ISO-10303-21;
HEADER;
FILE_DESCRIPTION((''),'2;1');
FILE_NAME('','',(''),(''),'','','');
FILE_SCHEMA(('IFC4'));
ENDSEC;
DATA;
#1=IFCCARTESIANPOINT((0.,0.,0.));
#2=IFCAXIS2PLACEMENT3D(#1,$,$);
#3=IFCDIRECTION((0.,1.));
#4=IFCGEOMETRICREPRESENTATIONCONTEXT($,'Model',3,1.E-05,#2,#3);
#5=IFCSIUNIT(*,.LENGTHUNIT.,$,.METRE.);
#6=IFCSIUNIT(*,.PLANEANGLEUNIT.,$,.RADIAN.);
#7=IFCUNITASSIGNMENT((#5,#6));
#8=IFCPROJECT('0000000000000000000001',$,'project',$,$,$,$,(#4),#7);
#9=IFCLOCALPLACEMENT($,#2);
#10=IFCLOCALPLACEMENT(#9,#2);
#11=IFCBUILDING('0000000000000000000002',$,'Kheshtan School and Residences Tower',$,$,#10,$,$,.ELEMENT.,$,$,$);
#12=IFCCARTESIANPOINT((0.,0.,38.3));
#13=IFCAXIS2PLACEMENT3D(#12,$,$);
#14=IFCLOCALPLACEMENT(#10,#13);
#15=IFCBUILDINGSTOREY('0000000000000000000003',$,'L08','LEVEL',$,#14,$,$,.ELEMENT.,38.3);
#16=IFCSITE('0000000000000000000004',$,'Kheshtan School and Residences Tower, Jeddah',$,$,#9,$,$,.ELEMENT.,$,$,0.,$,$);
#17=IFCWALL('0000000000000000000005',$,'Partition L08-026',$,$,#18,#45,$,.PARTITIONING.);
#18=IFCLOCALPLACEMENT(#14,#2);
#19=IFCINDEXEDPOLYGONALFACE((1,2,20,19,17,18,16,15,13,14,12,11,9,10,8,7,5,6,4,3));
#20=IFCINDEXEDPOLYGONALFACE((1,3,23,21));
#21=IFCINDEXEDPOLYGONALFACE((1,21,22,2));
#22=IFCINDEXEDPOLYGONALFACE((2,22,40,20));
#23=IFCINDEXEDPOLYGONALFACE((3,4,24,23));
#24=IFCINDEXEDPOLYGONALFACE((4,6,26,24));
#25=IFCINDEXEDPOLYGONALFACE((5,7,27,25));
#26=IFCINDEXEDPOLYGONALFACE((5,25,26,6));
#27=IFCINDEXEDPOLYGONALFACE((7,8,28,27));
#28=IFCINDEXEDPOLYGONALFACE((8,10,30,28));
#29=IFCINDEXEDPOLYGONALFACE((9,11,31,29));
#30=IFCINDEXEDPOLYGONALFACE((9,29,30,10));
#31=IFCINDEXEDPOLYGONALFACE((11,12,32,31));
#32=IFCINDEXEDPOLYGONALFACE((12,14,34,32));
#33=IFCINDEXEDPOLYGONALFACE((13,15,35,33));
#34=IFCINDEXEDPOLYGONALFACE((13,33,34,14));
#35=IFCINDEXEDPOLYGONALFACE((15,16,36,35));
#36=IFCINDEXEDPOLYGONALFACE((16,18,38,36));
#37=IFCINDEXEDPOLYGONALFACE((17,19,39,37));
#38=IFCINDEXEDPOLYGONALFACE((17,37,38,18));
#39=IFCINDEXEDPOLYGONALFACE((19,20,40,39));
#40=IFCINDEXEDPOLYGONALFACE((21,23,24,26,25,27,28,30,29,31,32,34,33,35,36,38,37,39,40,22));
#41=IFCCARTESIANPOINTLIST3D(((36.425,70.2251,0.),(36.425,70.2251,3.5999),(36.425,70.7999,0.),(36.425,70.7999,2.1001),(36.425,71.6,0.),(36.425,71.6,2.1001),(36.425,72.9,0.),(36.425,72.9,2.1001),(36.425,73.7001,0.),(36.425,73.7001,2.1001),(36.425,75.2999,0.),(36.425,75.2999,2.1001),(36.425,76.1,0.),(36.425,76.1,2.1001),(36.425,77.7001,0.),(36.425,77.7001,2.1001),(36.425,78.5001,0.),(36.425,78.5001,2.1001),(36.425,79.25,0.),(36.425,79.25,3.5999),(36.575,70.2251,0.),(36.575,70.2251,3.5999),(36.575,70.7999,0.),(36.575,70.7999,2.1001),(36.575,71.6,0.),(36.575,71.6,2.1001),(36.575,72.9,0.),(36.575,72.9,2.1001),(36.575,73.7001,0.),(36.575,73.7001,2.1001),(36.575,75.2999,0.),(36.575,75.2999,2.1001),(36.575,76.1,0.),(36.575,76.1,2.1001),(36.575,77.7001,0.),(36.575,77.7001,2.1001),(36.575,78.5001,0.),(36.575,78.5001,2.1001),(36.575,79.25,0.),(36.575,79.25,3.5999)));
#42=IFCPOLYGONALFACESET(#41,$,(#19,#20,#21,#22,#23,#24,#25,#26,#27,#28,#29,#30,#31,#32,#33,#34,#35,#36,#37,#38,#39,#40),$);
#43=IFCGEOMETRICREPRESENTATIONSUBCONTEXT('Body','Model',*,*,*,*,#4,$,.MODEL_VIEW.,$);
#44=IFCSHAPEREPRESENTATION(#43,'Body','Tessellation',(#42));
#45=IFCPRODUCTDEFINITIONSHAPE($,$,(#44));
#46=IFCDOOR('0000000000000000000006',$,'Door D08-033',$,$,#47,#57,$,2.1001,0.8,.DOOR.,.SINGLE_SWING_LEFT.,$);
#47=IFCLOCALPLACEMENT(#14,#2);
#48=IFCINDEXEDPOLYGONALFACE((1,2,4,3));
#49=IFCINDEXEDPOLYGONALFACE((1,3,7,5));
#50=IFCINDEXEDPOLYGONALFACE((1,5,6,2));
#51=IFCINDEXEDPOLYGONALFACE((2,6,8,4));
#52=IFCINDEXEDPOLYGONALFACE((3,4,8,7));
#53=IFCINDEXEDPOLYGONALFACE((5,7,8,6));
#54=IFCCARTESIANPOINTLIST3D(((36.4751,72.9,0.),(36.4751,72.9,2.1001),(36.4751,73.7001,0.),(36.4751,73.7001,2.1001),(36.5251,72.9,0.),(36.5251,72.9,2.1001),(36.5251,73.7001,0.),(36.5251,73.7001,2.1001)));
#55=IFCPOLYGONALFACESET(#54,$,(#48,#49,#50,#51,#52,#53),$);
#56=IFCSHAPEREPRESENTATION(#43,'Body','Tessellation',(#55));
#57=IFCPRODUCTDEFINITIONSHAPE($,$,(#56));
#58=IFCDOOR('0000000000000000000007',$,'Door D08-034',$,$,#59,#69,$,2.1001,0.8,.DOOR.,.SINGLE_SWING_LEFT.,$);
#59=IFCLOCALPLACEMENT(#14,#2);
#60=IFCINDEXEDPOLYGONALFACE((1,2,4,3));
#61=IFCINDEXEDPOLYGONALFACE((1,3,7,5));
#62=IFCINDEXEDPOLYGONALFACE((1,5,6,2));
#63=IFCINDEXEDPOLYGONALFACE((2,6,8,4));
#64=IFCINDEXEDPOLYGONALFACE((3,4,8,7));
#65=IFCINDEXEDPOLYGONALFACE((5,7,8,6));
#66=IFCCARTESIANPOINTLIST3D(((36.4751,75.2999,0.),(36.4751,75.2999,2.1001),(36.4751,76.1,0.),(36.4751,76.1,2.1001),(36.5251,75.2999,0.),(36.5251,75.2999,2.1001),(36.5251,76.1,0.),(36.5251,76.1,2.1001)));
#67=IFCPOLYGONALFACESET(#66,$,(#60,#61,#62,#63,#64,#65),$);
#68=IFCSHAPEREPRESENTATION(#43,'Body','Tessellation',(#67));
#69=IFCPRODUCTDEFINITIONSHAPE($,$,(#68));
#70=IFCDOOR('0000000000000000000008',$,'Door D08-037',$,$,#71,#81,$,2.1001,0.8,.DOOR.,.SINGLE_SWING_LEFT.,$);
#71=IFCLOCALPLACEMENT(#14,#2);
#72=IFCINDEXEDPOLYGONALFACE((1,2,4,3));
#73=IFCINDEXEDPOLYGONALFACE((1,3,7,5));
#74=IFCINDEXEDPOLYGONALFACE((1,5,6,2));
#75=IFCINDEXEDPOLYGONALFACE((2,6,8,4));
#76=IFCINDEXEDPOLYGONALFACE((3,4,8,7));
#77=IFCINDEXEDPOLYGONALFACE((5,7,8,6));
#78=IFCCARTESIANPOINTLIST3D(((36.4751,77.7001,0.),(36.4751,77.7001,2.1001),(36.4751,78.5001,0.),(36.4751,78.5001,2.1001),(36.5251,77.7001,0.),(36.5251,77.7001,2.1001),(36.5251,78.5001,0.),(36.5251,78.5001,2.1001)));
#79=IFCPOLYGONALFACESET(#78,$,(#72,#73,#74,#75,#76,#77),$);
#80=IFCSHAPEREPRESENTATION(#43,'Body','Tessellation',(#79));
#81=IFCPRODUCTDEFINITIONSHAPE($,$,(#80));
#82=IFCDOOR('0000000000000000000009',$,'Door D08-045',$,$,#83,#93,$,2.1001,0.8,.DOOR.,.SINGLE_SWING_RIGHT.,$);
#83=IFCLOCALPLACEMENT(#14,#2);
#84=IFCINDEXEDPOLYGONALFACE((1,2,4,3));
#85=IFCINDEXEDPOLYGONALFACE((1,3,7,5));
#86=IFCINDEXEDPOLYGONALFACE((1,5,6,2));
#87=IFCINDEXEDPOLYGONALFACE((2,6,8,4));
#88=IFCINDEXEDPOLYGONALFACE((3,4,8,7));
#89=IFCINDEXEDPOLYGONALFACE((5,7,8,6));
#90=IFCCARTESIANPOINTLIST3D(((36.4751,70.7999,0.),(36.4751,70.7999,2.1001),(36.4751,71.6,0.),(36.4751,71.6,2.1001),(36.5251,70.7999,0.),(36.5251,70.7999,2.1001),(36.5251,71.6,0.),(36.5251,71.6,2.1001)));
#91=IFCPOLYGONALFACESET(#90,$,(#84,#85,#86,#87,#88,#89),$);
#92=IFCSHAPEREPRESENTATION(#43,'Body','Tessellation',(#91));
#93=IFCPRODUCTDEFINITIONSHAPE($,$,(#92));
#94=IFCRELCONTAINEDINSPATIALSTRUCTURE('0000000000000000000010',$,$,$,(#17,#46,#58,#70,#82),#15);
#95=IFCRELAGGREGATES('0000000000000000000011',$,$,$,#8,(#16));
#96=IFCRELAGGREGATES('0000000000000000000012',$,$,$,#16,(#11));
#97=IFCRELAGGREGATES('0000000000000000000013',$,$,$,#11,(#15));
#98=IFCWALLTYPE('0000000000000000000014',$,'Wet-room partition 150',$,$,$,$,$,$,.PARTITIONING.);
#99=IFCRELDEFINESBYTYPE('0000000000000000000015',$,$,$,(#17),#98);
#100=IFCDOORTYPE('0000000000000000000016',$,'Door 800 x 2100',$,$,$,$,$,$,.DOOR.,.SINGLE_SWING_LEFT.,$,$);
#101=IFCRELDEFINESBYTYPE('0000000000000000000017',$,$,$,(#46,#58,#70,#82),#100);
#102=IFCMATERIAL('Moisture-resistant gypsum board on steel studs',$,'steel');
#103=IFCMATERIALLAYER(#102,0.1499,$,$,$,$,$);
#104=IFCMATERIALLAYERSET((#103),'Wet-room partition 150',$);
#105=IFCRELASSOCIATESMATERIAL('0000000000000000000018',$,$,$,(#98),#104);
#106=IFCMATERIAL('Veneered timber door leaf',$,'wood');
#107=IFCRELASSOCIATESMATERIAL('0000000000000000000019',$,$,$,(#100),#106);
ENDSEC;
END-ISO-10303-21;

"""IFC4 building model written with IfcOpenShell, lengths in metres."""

from ifc_helpers import new_model, si_unit, direction, frame, frame_2d, origin, place, context, subcontext, project, spatial, rectangle, extrude, source, transform, mapped, material, layer, layer_set, type_object, element, fill, save


model = new_model("IFC4")

# Units and contexts
model_context = context("Model", 3, precision=1e-05, world=origin(), true_north=direction((0.0, 1.0)))
body_context = subcontext(model_context, "Body", "Model", "MODEL_VIEW")
ifc_project = project(units=[si_unit("LENGTHUNIT", "METRE"), si_unit("PLANEANGLEUNIT", "RADIAN")], contexts=[model_context])

# Site, building, storey
site_placement = place(None, origin())
site = spatial("IfcSite", under=ifc_project, at=site_placement, Name="Kheshtan School and Residences Tower, Jeddah", CompositionType="ELEMENT", RefElevation=0.0)
building_placement = place(site_placement, origin())
building = spatial("IfcBuilding", under=site, at=building_placement, Name="Kheshtan School and Residences Tower", CompositionType="ELEMENT")
storey_placement = place(building_placement, frame((0.0, 0.0, 38.3)))
storey = spatial("IfcBuildingStorey", under=building, at=storey_placement, Name="L08", Description="LEVEL", CompositionType="ELEMENT", Elevation=38.3)

# Shared definitions
ifc_material_1 = material(Name="Moisture-resistant gypsum board on steel studs", Category="steel")
ifc_layer_1 = layer(ifc_material_1, 0.1499)
ifc_layer_set_1 = layer_set([ifc_layer_1], Name="Wet-room partition 150")
wall_type_1 = type_object("IfcWallType", Name="Wet-room partition 150", PredefinedType="PARTITIONING", material=ifc_layer_set_1)

# Wall, openings, doors
ifc_material_2 = material(Name="Veneered timber door leaf", Category="wood")
door_type_1 = type_object("IfcDoorType", Name="Door 800 x 2100", OperationType="SINGLE_SWING_LEFT", PredefinedType="DOOR", material=ifc_material_2)
shared_shape_1 = source(origin(), body_context, "Body", "SweptSolid", [
    extrude(rectangle(XDim=0.8, YDim=2.1001, at=frame_2d((0.3999, 1.05))), frame((0.0, 0.0249, 0.0), z_axis=(0.0, -1.0, 0.0), x_axis=(1.0, 0.0, 0.0)), (0.0, 0.0, 1.0), 0.05),
])
wall_1_placement = place(storey_placement, frame((36.5, 70.2251, 0.0), z_axis=(0.0, 0.0, 1.0), x_axis=(0.0, 1.0, 0.0)))
wall_1 = element("IfcWall", 1, at=wall_1_placement, inside=storey, type_object=wall_type_1, Name="Partition L08-026", PredefinedType="PARTITIONING", context=body_context, shape_type="SweptSolid", body=[
    extrude(rectangle(XDim=9.0249, YDim=0.1499, at=frame_2d((4.5125, 0.0))), origin(), (0.0, 0.0, 1.0), 3.5999),
])
opening_1_placement = place(wall_1_placement, frame((2.675, 0.0, 0.0)))
opening_1 = element("IfcOpeningElement", 2, at=opening_1_placement, cuts=wall_1, PredefinedType="OPENING", context=body_context, shape_type="SweptSolid", body=[
    extrude(rectangle(XDim=0.8, YDim=2.1001, at=frame_2d((0.3999, 1.05))), frame((0.0, 0.085, 0.0), z_axis=(0.0, -1.0, 0.0), x_axis=(1.0, 0.0, 0.0)), (0.0, 0.0, 1.0), 0.1699),
])
opening_2_placement = place(wall_1_placement, frame((5.075, 0.0, 0.0)))
opening_2 = element("IfcOpeningElement", 3, at=opening_2_placement, cuts=wall_1, PredefinedType="OPENING", context=body_context, shape_type="SweptSolid", body=[
    extrude(rectangle(XDim=0.8, YDim=2.1001, at=frame_2d((0.3999, 1.05))), frame((0.0, 0.085, 0.0), z_axis=(0.0, -1.0, 0.0), x_axis=(1.0, 0.0, 0.0)), (0.0, 0.0, 1.0), 0.1699),
])
opening_3_placement = place(wall_1_placement, frame((7.4751, 0.0, 0.0)))
opening_3 = element("IfcOpeningElement", 4, at=opening_3_placement, cuts=wall_1, PredefinedType="OPENING", context=body_context, shape_type="SweptSolid", body=[
    extrude(rectangle(XDim=0.8, YDim=2.1001, at=frame_2d((0.3999, 1.05))), frame((0.0, 0.085, 0.0), z_axis=(0.0, -1.0, 0.0), x_axis=(1.0, 0.0, 0.0)), (0.0, 0.0, 1.0), 0.1699),
])
opening_4_placement = place(wall_1_placement, frame((0.575, 0.0, 0.0)))
opening_4 = element("IfcOpeningElement", 5, at=opening_4_placement, cuts=wall_1, PredefinedType="OPENING", context=body_context, shape_type="SweptSolid", body=[
    extrude(rectangle(XDim=0.8, YDim=2.1001, at=frame_2d((0.3999, 1.05))), frame((0.0, 0.085, 0.0), z_axis=(0.0, -1.0, 0.0), x_axis=(1.0, 0.0, 0.0)), (0.0, 0.0, 1.0), 0.1699),
])
door_1_placement = place(opening_1_placement, origin())
door_1 = element("IfcDoor", 6, at=door_1_placement, inside=storey, type_object=door_type_1, Name="Door D08-033", OperationType="SINGLE_SWING_LEFT", OverallHeight=2.1001, OverallWidth=0.8, PredefinedType="DOOR", context=body_context, shape_type="MappedRepresentation", body=[
    mapped(shared_shape_1, transform((0.0, 0.0, 0.0), x_axis=(1.0, 0.0, 0.0), y_axis=(0.0, 1.0, 0.0), z_axis=(0.0, 0.0, 1.0), scale=1.0)),
])
fill(opening_1, door_1)
door_2_placement = place(opening_2_placement, origin())
door_2 = element("IfcDoor", 7, at=door_2_placement, inside=storey, type_object=door_type_1, Name="Door D08-034", OperationType="SINGLE_SWING_LEFT", OverallHeight=2.1001, OverallWidth=0.8, PredefinedType="DOOR", context=body_context, shape_type="MappedRepresentation", body=[
    mapped(shared_shape_1, transform((0.0, 0.0, 0.0), x_axis=(1.0, 0.0, 0.0), y_axis=(0.0, 1.0, 0.0), z_axis=(0.0, 0.0, 1.0), scale=1.0)),
])
fill(opening_2, door_2)
door_3_placement = place(opening_3_placement, origin())
door_3 = element("IfcDoor", 8, at=door_3_placement, inside=storey, type_object=door_type_1, Name="Door D08-037", OperationType="SINGLE_SWING_LEFT", OverallHeight=2.1001, OverallWidth=0.8, PredefinedType="DOOR", context=body_context, shape_type="MappedRepresentation", body=[
    mapped(shared_shape_1, transform((0.0, 0.0, 0.0), x_axis=(1.0, 0.0, 0.0), y_axis=(0.0, 1.0, 0.0), z_axis=(0.0, 0.0, 1.0), scale=1.0)),
])
fill(opening_3, door_3)
door_4_placement = place(opening_4_placement, origin())
door_4 = element("IfcDoor", 9, at=door_4_placement, inside=storey, type_object=door_type_1, Name="Door D08-045", OperationType="SINGLE_SWING_RIGHT", OverallHeight=2.1001, OverallWidth=0.8, PredefinedType="DOOR", context=body_context, shape_type="MappedRepresentation", body=[
    mapped(shared_shape_1, transform((0.0, 0.0, 0.0), x_axis=(1.0, 0.0, 0.0), y_axis=(0.0, 1.0, 0.0), z_axis=(0.0, 0.0, 1.0), scale=1.0)),
])
fill(opening_4, door_4)

save(model, "model.ifc")
